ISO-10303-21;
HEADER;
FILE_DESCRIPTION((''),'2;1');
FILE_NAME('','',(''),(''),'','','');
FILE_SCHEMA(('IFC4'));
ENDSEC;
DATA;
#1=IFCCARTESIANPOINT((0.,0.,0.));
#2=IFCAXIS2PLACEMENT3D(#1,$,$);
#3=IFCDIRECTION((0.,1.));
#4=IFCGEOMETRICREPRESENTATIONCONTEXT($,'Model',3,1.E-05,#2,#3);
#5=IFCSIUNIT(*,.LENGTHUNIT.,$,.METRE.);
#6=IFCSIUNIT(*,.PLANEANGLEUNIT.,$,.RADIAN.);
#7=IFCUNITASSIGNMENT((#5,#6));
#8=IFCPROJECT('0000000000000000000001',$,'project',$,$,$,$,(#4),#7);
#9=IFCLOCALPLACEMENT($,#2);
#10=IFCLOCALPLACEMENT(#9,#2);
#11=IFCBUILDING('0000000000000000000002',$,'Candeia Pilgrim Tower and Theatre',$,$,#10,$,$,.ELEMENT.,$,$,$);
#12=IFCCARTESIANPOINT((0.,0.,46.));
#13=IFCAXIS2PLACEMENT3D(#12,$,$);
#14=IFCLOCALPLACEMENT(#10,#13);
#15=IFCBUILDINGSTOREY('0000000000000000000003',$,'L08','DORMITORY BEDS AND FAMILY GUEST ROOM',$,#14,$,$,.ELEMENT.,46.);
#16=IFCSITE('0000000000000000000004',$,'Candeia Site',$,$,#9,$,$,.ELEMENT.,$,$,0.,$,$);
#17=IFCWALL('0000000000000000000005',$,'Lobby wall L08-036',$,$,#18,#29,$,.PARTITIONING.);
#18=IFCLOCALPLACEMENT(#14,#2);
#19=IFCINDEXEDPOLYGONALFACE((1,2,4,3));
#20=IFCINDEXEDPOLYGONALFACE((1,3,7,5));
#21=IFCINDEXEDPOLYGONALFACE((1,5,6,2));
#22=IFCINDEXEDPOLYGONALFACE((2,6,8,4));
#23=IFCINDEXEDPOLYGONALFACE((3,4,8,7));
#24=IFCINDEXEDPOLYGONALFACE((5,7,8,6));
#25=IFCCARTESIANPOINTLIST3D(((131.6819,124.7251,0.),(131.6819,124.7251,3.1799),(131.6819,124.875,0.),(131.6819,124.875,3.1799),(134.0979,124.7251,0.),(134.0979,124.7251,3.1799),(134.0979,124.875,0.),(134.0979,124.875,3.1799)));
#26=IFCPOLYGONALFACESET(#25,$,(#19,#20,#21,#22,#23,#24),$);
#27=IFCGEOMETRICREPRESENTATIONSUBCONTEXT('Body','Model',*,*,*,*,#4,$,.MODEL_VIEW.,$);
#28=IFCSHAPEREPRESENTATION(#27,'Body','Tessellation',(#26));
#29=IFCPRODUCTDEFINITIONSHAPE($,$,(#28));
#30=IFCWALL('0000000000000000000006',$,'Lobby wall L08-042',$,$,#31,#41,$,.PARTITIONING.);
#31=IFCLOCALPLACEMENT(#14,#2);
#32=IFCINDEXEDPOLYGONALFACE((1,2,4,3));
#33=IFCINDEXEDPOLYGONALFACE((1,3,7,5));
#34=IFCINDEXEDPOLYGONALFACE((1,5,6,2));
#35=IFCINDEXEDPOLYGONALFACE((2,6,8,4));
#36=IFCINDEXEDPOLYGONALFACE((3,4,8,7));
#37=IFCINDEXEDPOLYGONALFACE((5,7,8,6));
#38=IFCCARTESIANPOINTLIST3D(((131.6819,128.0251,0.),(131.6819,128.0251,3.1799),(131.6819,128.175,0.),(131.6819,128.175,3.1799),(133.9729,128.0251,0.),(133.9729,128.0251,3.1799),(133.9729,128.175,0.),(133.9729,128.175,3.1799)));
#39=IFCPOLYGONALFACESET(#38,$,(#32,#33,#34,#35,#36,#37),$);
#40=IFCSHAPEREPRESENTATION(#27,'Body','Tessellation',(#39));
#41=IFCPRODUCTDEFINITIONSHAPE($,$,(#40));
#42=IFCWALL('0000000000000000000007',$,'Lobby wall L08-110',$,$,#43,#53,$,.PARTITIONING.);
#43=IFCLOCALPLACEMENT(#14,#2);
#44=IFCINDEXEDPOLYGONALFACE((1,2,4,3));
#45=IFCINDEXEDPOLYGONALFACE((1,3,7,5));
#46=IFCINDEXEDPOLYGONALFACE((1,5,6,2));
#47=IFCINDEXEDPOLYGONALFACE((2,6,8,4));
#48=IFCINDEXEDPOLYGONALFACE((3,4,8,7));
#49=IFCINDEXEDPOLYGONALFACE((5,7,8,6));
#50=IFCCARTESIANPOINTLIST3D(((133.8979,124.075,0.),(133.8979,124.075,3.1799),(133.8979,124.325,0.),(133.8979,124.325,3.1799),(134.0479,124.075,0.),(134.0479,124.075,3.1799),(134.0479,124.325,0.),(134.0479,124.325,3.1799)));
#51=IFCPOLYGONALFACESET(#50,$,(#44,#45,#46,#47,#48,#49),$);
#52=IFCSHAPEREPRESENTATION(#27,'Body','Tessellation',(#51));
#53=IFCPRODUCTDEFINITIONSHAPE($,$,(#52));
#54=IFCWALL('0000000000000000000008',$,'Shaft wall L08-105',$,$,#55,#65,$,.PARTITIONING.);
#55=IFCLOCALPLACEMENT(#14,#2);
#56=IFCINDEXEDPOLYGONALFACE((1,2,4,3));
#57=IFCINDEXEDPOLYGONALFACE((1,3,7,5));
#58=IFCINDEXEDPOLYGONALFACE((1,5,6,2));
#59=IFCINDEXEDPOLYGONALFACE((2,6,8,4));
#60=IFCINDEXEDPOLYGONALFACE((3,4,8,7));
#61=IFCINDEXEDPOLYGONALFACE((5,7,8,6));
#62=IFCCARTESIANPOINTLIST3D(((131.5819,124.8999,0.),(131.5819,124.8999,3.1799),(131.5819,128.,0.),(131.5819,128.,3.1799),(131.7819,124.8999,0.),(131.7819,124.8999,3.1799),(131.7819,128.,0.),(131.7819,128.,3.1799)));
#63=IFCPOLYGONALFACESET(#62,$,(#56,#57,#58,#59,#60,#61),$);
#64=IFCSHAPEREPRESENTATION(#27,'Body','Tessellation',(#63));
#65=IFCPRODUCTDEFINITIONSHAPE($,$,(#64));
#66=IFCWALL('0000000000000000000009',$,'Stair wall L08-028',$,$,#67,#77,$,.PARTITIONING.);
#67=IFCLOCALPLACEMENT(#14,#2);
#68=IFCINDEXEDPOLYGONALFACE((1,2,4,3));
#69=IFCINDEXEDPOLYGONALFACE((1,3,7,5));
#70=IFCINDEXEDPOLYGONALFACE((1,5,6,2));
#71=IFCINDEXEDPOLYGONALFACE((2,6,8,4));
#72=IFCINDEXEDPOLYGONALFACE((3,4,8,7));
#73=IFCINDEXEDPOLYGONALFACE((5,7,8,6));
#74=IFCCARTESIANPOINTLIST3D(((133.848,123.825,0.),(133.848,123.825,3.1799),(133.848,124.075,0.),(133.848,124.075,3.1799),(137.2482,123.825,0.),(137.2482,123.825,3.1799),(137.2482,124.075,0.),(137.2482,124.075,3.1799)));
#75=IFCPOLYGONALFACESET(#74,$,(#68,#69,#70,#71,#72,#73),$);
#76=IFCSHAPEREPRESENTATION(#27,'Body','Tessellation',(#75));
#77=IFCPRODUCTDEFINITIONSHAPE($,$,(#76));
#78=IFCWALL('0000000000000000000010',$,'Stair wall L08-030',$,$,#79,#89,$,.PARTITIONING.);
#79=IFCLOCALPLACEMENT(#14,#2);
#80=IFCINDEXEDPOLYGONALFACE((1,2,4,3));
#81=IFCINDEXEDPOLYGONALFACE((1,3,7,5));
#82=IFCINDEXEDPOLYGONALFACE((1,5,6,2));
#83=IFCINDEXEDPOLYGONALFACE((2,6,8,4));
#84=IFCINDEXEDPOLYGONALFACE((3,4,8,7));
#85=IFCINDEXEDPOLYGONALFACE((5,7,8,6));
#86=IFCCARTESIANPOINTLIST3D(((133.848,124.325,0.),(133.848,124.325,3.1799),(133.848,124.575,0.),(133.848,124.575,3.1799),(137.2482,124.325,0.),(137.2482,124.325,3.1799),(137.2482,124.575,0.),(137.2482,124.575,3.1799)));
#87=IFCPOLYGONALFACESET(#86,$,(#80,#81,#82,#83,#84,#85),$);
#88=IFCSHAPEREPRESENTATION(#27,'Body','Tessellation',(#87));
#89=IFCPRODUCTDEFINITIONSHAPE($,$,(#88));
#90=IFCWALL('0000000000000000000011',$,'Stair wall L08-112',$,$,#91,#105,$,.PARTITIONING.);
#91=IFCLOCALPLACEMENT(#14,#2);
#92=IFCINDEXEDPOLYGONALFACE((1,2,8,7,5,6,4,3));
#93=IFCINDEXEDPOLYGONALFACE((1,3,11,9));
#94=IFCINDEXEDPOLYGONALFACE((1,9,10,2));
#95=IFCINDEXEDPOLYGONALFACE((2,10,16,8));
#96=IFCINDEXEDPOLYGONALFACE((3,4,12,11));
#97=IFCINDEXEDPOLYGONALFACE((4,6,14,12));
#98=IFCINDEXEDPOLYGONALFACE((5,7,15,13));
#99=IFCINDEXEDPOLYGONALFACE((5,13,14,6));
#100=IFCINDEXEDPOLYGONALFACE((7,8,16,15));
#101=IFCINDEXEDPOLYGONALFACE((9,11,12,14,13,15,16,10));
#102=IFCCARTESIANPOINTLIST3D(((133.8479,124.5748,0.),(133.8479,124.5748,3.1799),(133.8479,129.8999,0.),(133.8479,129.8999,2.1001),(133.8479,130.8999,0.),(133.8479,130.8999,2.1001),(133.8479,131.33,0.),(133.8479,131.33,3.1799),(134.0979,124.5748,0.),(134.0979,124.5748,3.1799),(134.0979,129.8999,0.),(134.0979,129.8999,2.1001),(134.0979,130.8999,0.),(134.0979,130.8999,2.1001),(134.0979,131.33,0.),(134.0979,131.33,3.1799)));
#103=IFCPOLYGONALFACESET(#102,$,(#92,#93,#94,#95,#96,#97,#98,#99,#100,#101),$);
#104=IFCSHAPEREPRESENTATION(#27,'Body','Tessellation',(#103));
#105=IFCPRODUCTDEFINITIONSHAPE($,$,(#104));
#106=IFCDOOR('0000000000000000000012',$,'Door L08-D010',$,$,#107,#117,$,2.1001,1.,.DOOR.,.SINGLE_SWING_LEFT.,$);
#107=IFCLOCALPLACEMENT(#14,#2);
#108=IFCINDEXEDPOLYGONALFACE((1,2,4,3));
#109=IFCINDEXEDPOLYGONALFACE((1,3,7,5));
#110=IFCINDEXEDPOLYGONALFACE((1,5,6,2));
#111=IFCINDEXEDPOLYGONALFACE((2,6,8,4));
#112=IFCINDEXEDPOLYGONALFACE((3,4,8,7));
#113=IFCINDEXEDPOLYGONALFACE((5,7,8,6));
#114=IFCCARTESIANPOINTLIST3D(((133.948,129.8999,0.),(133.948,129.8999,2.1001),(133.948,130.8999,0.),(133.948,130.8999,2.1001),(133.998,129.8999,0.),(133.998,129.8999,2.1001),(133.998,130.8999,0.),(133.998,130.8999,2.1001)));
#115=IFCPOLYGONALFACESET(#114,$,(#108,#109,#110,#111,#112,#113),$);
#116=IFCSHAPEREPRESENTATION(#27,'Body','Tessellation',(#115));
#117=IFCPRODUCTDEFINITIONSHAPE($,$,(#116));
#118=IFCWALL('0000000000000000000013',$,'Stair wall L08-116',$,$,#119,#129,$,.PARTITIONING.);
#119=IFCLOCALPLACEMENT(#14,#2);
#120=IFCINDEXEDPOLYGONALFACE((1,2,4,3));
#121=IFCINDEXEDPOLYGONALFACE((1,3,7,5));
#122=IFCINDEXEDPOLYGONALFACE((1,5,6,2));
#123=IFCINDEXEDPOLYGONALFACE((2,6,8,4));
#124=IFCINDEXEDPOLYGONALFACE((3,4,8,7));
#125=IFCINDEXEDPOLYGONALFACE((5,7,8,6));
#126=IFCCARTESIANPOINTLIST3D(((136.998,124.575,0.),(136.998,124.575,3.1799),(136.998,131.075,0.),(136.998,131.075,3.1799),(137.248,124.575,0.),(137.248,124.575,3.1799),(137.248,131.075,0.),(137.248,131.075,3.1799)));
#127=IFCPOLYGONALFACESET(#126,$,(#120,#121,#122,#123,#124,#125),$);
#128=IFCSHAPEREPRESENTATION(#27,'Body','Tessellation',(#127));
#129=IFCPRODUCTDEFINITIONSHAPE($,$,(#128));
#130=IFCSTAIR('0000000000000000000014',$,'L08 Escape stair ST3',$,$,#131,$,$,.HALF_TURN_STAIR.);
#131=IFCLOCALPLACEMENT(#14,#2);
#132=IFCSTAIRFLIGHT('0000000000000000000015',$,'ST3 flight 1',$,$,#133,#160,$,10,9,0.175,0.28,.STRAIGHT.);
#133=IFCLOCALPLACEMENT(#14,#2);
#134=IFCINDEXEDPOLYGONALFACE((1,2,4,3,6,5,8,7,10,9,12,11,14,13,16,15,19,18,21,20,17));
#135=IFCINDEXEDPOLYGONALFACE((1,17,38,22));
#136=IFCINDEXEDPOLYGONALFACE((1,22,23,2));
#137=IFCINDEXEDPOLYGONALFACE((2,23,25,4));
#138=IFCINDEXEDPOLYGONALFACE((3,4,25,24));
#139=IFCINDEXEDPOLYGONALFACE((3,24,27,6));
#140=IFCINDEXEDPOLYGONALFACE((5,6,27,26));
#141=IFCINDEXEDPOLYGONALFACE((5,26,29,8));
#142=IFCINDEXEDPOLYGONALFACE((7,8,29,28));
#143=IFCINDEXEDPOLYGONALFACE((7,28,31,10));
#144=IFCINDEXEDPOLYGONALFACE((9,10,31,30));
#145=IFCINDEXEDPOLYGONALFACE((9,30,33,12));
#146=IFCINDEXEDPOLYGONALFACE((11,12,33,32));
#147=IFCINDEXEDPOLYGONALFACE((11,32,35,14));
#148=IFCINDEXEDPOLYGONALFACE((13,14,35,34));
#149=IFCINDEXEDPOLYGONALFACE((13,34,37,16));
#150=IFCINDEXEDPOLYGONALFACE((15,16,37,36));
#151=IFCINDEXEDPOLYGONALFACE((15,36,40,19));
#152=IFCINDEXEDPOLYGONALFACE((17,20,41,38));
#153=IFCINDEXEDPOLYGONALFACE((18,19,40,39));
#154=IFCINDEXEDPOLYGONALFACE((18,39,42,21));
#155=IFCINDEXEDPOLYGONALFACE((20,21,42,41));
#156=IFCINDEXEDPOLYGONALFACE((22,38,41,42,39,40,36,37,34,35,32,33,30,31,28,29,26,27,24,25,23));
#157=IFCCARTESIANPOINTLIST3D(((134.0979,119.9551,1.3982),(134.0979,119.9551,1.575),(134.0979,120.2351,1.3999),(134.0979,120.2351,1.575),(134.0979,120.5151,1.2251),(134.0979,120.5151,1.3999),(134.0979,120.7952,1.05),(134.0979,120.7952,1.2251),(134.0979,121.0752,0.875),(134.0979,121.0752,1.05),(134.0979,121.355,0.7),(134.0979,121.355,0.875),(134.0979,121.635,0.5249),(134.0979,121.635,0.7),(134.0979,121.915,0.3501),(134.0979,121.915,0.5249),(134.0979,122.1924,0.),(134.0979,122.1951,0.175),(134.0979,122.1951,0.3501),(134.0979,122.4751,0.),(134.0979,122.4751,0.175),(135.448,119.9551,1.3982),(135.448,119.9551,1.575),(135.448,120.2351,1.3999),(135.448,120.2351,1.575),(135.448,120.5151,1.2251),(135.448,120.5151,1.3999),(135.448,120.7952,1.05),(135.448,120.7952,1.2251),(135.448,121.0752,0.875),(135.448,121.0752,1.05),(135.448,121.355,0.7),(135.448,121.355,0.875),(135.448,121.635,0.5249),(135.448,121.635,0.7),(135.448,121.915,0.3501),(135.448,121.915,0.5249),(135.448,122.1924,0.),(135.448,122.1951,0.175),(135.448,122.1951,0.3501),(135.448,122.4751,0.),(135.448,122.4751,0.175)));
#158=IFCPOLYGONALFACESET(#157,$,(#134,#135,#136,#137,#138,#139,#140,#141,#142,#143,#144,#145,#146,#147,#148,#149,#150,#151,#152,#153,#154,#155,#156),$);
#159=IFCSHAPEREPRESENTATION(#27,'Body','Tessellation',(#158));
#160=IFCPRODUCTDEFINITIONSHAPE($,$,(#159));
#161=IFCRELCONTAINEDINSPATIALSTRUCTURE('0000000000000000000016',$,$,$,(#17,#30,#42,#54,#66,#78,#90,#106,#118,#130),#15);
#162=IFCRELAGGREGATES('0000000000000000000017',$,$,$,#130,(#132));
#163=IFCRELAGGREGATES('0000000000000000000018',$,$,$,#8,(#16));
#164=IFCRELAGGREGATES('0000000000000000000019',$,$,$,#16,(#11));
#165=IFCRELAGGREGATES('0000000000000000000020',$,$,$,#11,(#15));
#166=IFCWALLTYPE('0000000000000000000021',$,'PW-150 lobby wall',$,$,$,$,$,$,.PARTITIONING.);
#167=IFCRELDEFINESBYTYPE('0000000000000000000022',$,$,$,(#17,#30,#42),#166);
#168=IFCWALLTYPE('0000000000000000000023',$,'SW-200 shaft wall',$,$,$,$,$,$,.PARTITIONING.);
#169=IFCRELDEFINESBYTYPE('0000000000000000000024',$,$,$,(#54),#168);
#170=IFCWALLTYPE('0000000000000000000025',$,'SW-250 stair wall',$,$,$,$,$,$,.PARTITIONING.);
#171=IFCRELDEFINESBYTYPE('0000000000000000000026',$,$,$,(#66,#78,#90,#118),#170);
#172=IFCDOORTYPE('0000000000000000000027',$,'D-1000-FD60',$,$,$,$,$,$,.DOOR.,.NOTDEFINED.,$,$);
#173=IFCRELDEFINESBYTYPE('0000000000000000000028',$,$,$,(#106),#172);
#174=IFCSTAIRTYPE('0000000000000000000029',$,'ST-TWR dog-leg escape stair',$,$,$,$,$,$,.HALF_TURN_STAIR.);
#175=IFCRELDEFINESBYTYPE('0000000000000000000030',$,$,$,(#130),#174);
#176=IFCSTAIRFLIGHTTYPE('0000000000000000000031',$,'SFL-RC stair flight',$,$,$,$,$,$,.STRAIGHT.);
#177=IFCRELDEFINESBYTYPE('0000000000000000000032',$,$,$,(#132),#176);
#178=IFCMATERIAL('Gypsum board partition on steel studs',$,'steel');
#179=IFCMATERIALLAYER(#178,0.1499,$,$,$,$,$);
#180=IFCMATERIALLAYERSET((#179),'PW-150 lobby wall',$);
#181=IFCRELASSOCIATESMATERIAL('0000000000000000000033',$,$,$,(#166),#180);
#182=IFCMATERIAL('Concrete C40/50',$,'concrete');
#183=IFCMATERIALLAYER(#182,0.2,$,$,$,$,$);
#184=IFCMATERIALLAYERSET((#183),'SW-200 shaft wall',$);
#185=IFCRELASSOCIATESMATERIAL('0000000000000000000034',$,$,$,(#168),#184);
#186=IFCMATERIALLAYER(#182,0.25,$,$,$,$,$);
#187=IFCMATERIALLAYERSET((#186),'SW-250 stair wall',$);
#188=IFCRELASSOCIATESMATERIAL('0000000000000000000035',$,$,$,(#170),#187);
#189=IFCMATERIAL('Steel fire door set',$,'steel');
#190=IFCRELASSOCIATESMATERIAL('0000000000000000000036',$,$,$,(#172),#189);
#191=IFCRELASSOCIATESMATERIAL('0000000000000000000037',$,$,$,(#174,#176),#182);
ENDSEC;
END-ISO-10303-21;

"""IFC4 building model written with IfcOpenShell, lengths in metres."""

from ifc_helpers import new_model, si_unit, direction, frame, frame_2d, origin, place, context, subcontext, project, spatial, polyline, rectangle, outline, extrude, material, layer, layer_set, type_object, element, fill, aggregate, save


model = new_model("IFC4")

# Units and contexts
model_context = context("Model", 3, precision=1e-05, world=origin(), true_north=direction((0.0, 1.0)))
body_context = subcontext(model_context, "Body", "Model", "MODEL_VIEW")
ifc_project = project(units=[si_unit("LENGTHUNIT", "METRE"), si_unit("PLANEANGLEUNIT", "RADIAN")], contexts=[model_context])

# Site, building, storey
site_placement = place(None, origin())
site = spatial("IfcSite", under=ifc_project, at=site_placement, Name="Candeia Site", CompositionType="ELEMENT", RefElevation=0.0)
building_placement = place(site_placement, origin())
building = spatial("IfcBuilding", under=site, at=building_placement, Name="Candeia Pilgrim Tower and Theatre", CompositionType="ELEMENT")
storey_placement = place(building_placement, frame((0.0, 0.0, 46.0)))
storey = spatial("IfcBuildingStorey", under=building, at=storey_placement, Name="L08", Description="DORMITORY BEDS AND FAMILY GUEST ROOM", CompositionType="ELEMENT", Elevation=46.0)

# Walls
ifc_material_1 = material(Name="Gypsum board partition on steel studs", Category="steel")
ifc_layer_1 = layer(ifc_material_1, 0.1499)
ifc_layer_set_1 = layer_set([ifc_layer_1], Name="PW-150 lobby wall")
wall_type_1 = type_object("IfcWallType", Name="PW-150 lobby wall", PredefinedType="PARTITIONING", material=ifc_layer_set_1)
wall_1_placement = place(storey_placement, frame((131.6819, 124.8, 0.0), z_axis=(0.0, 0.0, 1.0), x_axis=(1.0, 0.0, 0.0)))
element("IfcWall", 1, at=wall_1_placement, inside=storey, type_object=wall_type_1, Name="Lobby wall L08-036", PredefinedType="PARTITIONING", context=body_context, shape_type="SweptSolid", body=[
    extrude(rectangle(XDim=2.416, YDim=0.1499, at=frame_2d((1.208, 0.0))), origin(), (0.0, 0.0, 1.0), 3.1799),
])
wall_2_placement = place(storey_placement, frame((131.6819, 128.1001, 0.0), z_axis=(0.0, 0.0, 1.0), x_axis=(1.0, 0.0, 0.0)))
element("IfcWall", 2, at=wall_2_placement, inside=storey, type_object=wall_type_1, Name="Lobby wall L08-042", PredefinedType="PARTITIONING", context=body_context, shape_type="SweptSolid", body=[
    extrude(rectangle(XDim=2.291, YDim=0.1499, at=frame_2d((1.1455, 0.0))), origin(), (0.0, 0.0, 1.0), 3.1799),
])
wall_3_placement = place(storey_placement, frame((133.9729, 124.075, 0.0), z_axis=(0.0, 0.0, 1.0), x_axis=(0.0, 1.0, 0.0)))
element("IfcWall", 3, at=wall_3_placement, inside=storey, type_object=wall_type_1, Name="Lobby wall L08-110", PredefinedType="PARTITIONING", context=body_context, shape_type="SweptSolid", body=[
    extrude(rectangle(XDim=0.25, YDim=0.1499, at=frame_2d((0.125, 0.0))), origin(), (0.0, 0.0, 1.0), 3.1799),
])
ifc_material_2 = material(Name="Concrete C40/50", Category="concrete")
ifc_layer_2 = layer(ifc_material_2, 0.2)
ifc_layer_set_2 = layer_set([ifc_layer_2], Name="SW-200 shaft wall")
wall_type_2 = type_object("IfcWallType", Name="SW-200 shaft wall", PredefinedType="PARTITIONING", material=ifc_layer_set_2)
wall_4_placement = place(storey_placement, frame((131.6819, 124.8999, 0.0), z_axis=(0.0, 0.0, 1.0), x_axis=(0.0, 1.0, 0.0)))
element("IfcWall", 4, at=wall_4_placement, inside=storey, type_object=wall_type_2, Name="Shaft wall L08-105", PredefinedType="PARTITIONING", context=body_context, shape_type="SweptSolid", body=[
    extrude(rectangle(XDim=3.1001, YDim=0.2, at=frame_2d((1.55, 0.0))), origin(), (0.0, 0.0, 1.0), 3.1799),
])
ifc_layer_3 = layer(ifc_material_2, 0.25)
ifc_layer_set_3 = layer_set([ifc_layer_3], Name="SW-250 stair wall")
wall_type_3 = type_object("IfcWallType", Name="SW-250 stair wall", PredefinedType="PARTITIONING", material=ifc_layer_set_3)
for number, where, z_axis, x_axis, name in (
    (5, (133.8479, 123.95, 0.0), (0.0, 0.0, 1.0), (1.0, 0.0, 0.0), "Stair wall L08-028"),
    (6, (133.8479, 124.45, 0.0), (0.0, 0.0, 1.0), (1.0, 0.0, 0.0), "Stair wall L08-030"),
):
    element("IfcWall", number, at=place(storey_placement, frame(where, z_axis=z_axis, x_axis=x_axis)), inside=storey, type_object=wall_type_3, Name=name, PredefinedType="PARTITIONING", context=body_context, shape_type="SweptSolid", body=[
        extrude(rectangle(XDim=3.4001, YDim=0.25, at=frame_2d((1.7002, 0.0))), origin(), (0.0, 0.0, 1.0), 3.1799),
    ])

# Wall, opening, door
wall_5_placement = place(storey_placement, frame((133.9729, 124.575, 0.0), z_axis=(0.0, 0.0, 1.0), x_axis=(0.0, 1.0, 0.0)))
wall_5 = element("IfcWall", 7, at=wall_5_placement, inside=storey, type_object=wall_type_3, Name="Stair wall L08-112", PredefinedType="PARTITIONING", context=body_context, shape_type="SweptSolid", body=[
    extrude(rectangle(XDim=6.7551, YDim=0.25, at=frame_2d((3.3774, 0.0))), origin(), (0.0, 0.0, 1.0), 3.1799),
])
opening_placement = place(wall_5_placement, frame((5.325, 0.0, 0.0)))
opening = element("IfcOpeningElement", 8, at=opening_placement, cuts=wall_5, PredefinedType="OPENING", context=body_context, shape_type="SweptSolid", body=[
    extrude(rectangle(XDim=1.0, YDim=2.1001, at=frame_2d((0.5, 1.05))), frame((0.0, 0.135, 0.0), z_axis=(0.0, -1.0, 0.0), x_axis=(1.0, 0.0, 0.0)), (0.0, 0.0, 1.0), 0.27),
])
ifc_material_3 = material(Name="Steel fire door set", Category="steel")
door_type = type_object("IfcDoorType", Name="D-1000-FD60", OperationType="NOTDEFINED", PredefinedType="DOOR", material=ifc_material_3)
door_placement = place(opening_placement, origin())
door = element("IfcDoor", 9, at=door_placement, inside=storey, type_object=door_type, Name="Door L08-D010", OperationType="SINGLE_SWING_LEFT", OverallHeight=2.1001, OverallWidth=1.0, PredefinedType="DOOR", context=body_context, shape_type="SweptSolid", body=[
    extrude(rectangle(XDim=1.0, YDim=2.1001, at=frame_2d((0.5, 1.05))), frame((0.0, 0.0249, 0.0), z_axis=(0.0, -1.0, 0.0), x_axis=(1.0, 0.0, 0.0)), (0.0, 0.0, 1.0), 0.05),
])
fill(opening, door)

# Wall
wall_6_placement = place(storey_placement, frame((137.123, 124.575, 0.0), z_axis=(0.0, 0.0, 1.0), x_axis=(0.0, 1.0, 0.0)))
element("IfcWall", 10, at=wall_6_placement, inside=storey, type_object=wall_type_3, Name="Stair wall L08-116", PredefinedType="PARTITIONING", context=body_context, shape_type="SweptSolid", body=[
    extrude(rectangle(XDim=6.5, YDim=0.25, at=frame_2d((3.25, 0.0))), origin(), (0.0, 0.0, 1.0), 3.1799),
])

# Stair, stair flight
stair_type = type_object("IfcStairType", Name="ST-TWR dog-leg escape stair", PredefinedType="HALF_TURN_STAIR", material=ifc_material_2)
stair_1_placement = place(storey_placement, origin())
stair_1 = element("IfcStair", 11, at=stair_1_placement, inside=storey, type_object=stair_type, Name="L08 Escape stair ST3", PredefinedType="HALF_TURN_STAIR")
stair_flight_type = type_object("IfcStairFlightType", Name="SFL-RC stair flight", PredefinedType="STRAIGHT", material=ifc_material_2)
stair_flight_1_placement = place(storey_placement, frame((134.7729, 122.4751, 0.0), z_axis=(0.0, 0.0, 1.0), x_axis=(0.0, -1.0, 0.0)))
stair_flight_1 = element("IfcStairFlight", 12, at=stair_flight_1_placement, type_object=stair_flight_type, Name="ST3 flight 1", NumberOfRisers=10, NumberOfTreads=9, PredefinedType="STRAIGHT", RiserHeight=0.175, TreadLength=0.28, context=body_context, shape_type="SweptSolid", body=[
    extrude(outline(polyline([(0.0, 0.0), (0.0, 0.175), (0.28, 0.175), (0.28, 0.3501), (0.5601, 0.3501), (0.5601, 0.5249), (0.8401, 0.5249), (0.8401, 0.7), (1.1201, 0.7), (1.1201, 0.875), (1.3999, 0.875), (1.3999, 1.05), (1.6799, 1.05), (1.6799, 1.2251), (1.96, 1.2251), (1.96, 1.3999), (2.24, 1.3999), (2.24, 1.575), (2.52, 1.575), (2.52, 1.75), (2.52, 1.3982), (0.2827, 0.0), (0.0, 0.0)])), frame((0.0, 0.675, 0.0), z_axis=(0.0, -1.0, 0.0), x_axis=(1.0, 0.0, 0.0)), (0.0, 0.0, 1.0), 1.3501),
])
aggregate(stair_1, [stair_flight_1])

save(model, "model.ifc")
